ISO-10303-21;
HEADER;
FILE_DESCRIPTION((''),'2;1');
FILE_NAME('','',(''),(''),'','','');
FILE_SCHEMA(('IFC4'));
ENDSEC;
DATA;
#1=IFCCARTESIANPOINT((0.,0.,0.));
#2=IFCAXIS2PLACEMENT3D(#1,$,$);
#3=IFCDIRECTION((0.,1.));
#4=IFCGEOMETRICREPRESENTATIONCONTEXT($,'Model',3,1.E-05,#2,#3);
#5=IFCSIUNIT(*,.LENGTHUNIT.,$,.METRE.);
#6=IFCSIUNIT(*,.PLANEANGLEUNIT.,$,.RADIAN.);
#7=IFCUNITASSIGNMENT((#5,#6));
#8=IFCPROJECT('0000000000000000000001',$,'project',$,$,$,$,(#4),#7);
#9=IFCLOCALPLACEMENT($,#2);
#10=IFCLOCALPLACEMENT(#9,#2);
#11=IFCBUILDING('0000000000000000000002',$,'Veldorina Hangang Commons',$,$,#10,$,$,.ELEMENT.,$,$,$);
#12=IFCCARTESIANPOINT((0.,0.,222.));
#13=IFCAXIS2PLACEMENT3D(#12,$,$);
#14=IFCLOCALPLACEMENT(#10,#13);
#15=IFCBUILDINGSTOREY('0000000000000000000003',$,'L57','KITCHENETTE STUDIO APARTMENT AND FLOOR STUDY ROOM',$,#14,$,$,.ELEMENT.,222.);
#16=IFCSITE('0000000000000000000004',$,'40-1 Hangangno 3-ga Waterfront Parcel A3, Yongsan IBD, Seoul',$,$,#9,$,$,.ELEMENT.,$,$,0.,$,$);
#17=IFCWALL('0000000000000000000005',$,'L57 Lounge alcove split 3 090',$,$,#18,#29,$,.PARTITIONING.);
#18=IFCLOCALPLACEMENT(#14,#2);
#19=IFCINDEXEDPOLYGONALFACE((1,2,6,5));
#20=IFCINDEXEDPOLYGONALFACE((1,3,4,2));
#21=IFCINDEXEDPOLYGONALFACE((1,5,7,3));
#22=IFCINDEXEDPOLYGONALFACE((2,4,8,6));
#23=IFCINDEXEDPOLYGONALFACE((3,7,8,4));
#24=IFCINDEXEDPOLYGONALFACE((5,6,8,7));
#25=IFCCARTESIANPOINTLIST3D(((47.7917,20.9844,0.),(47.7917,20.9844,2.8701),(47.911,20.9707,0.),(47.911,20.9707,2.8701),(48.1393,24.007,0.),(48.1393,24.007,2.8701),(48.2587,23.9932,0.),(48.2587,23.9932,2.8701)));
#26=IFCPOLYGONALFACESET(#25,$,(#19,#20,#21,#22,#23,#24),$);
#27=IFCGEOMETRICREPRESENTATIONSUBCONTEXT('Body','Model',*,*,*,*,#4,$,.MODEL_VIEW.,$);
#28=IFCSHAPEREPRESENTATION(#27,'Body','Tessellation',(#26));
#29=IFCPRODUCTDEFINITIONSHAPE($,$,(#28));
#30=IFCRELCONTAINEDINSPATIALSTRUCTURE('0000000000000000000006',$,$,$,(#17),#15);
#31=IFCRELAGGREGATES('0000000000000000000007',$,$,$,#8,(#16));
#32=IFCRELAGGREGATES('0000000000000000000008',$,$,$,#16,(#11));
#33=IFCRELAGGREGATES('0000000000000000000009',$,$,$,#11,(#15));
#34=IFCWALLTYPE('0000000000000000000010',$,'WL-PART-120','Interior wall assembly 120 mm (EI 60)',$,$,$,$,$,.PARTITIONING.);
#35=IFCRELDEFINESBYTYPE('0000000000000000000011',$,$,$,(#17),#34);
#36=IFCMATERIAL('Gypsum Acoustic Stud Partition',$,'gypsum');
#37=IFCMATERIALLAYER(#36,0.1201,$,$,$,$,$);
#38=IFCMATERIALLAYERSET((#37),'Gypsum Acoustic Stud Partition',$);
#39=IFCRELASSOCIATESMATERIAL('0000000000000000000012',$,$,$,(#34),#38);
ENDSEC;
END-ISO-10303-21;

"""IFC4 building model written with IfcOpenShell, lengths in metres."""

from ifc_helpers import new_model, si_unit, direction, frame, frame_2d, origin, place, context, subcontext, project, spatial, rectangle, extrude, material, layer, layer_set, type_object, element, save


model = new_model("IFC4")

# Units and contexts
model_context = context("Model", 3, precision=1e-05, world=origin(), true_north=direction((0.0, 1.0)))
body_context = subcontext(model_context, "Body", "Model", "MODEL_VIEW")
ifc_project = project(units=[si_unit("LENGTHUNIT", "METRE"), si_unit("PLANEANGLEUNIT", "RADIAN")], contexts=[model_context])

# Site, building, storey
site_placement = place(None, origin())
site = spatial("IfcSite", under=ifc_project, at=site_placement, Name="40-1 Hangangno 3-ga Waterfront Parcel A3, Yongsan IBD, Seoul", CompositionType="ELEMENT", RefElevation=0.0)
building_placement = place(site_placement, origin())
building = spatial("IfcBuilding", under=site, at=building_placement, Name="Veldorina Hangang Commons", CompositionType="ELEMENT")
storey_placement = place(building_placement, frame((0.0, 0.0, 222.0)))
storey = spatial("IfcBuildingStorey", under=building, at=storey_placement, Name="L57", Description="KITCHENETTE STUDIO APARTMENT AND FLOOR STUDY ROOM", CompositionType="ELEMENT", Elevation=222.0)

# Wall
ifc_material_1 = material(Name="Gypsum Acoustic Stud Partition", Category="gypsum")
ifc_layer_1 = layer(ifc_material_1, 0.1201)
ifc_layer_set_1 = layer_set([ifc_layer_1], Name="Gypsum Acoustic Stud Partition")
wall_type_1 = type_object("IfcWallType", Name="WL-PART-120", Description="Interior wall assembly 120 mm (EI 60)", PredefinedType="PARTITIONING", material=ifc_layer_set_1)
wall_1_placement = place(storey_placement, frame((47.8513, 20.9775, 0.0), z_axis=(0.0, 0.0, 1.0), x_axis=(0.114271, 0.99345, 0.0)))
element("IfcWall", 1, at=wall_1_placement, inside=storey, type_object=wall_type_1, Name="L57 Lounge alcove split 3 090", PredefinedType="PARTITIONING", context=body_context, shape_type="SweptSolid", body=[
    extrude(rectangle(XDim=3.0425, YDim=0.1201, at=frame_2d((1.5212, 0.0))), origin(), (0.0, 0.0, 1.0), 2.8701),
])

save(model, "model.ifc")
